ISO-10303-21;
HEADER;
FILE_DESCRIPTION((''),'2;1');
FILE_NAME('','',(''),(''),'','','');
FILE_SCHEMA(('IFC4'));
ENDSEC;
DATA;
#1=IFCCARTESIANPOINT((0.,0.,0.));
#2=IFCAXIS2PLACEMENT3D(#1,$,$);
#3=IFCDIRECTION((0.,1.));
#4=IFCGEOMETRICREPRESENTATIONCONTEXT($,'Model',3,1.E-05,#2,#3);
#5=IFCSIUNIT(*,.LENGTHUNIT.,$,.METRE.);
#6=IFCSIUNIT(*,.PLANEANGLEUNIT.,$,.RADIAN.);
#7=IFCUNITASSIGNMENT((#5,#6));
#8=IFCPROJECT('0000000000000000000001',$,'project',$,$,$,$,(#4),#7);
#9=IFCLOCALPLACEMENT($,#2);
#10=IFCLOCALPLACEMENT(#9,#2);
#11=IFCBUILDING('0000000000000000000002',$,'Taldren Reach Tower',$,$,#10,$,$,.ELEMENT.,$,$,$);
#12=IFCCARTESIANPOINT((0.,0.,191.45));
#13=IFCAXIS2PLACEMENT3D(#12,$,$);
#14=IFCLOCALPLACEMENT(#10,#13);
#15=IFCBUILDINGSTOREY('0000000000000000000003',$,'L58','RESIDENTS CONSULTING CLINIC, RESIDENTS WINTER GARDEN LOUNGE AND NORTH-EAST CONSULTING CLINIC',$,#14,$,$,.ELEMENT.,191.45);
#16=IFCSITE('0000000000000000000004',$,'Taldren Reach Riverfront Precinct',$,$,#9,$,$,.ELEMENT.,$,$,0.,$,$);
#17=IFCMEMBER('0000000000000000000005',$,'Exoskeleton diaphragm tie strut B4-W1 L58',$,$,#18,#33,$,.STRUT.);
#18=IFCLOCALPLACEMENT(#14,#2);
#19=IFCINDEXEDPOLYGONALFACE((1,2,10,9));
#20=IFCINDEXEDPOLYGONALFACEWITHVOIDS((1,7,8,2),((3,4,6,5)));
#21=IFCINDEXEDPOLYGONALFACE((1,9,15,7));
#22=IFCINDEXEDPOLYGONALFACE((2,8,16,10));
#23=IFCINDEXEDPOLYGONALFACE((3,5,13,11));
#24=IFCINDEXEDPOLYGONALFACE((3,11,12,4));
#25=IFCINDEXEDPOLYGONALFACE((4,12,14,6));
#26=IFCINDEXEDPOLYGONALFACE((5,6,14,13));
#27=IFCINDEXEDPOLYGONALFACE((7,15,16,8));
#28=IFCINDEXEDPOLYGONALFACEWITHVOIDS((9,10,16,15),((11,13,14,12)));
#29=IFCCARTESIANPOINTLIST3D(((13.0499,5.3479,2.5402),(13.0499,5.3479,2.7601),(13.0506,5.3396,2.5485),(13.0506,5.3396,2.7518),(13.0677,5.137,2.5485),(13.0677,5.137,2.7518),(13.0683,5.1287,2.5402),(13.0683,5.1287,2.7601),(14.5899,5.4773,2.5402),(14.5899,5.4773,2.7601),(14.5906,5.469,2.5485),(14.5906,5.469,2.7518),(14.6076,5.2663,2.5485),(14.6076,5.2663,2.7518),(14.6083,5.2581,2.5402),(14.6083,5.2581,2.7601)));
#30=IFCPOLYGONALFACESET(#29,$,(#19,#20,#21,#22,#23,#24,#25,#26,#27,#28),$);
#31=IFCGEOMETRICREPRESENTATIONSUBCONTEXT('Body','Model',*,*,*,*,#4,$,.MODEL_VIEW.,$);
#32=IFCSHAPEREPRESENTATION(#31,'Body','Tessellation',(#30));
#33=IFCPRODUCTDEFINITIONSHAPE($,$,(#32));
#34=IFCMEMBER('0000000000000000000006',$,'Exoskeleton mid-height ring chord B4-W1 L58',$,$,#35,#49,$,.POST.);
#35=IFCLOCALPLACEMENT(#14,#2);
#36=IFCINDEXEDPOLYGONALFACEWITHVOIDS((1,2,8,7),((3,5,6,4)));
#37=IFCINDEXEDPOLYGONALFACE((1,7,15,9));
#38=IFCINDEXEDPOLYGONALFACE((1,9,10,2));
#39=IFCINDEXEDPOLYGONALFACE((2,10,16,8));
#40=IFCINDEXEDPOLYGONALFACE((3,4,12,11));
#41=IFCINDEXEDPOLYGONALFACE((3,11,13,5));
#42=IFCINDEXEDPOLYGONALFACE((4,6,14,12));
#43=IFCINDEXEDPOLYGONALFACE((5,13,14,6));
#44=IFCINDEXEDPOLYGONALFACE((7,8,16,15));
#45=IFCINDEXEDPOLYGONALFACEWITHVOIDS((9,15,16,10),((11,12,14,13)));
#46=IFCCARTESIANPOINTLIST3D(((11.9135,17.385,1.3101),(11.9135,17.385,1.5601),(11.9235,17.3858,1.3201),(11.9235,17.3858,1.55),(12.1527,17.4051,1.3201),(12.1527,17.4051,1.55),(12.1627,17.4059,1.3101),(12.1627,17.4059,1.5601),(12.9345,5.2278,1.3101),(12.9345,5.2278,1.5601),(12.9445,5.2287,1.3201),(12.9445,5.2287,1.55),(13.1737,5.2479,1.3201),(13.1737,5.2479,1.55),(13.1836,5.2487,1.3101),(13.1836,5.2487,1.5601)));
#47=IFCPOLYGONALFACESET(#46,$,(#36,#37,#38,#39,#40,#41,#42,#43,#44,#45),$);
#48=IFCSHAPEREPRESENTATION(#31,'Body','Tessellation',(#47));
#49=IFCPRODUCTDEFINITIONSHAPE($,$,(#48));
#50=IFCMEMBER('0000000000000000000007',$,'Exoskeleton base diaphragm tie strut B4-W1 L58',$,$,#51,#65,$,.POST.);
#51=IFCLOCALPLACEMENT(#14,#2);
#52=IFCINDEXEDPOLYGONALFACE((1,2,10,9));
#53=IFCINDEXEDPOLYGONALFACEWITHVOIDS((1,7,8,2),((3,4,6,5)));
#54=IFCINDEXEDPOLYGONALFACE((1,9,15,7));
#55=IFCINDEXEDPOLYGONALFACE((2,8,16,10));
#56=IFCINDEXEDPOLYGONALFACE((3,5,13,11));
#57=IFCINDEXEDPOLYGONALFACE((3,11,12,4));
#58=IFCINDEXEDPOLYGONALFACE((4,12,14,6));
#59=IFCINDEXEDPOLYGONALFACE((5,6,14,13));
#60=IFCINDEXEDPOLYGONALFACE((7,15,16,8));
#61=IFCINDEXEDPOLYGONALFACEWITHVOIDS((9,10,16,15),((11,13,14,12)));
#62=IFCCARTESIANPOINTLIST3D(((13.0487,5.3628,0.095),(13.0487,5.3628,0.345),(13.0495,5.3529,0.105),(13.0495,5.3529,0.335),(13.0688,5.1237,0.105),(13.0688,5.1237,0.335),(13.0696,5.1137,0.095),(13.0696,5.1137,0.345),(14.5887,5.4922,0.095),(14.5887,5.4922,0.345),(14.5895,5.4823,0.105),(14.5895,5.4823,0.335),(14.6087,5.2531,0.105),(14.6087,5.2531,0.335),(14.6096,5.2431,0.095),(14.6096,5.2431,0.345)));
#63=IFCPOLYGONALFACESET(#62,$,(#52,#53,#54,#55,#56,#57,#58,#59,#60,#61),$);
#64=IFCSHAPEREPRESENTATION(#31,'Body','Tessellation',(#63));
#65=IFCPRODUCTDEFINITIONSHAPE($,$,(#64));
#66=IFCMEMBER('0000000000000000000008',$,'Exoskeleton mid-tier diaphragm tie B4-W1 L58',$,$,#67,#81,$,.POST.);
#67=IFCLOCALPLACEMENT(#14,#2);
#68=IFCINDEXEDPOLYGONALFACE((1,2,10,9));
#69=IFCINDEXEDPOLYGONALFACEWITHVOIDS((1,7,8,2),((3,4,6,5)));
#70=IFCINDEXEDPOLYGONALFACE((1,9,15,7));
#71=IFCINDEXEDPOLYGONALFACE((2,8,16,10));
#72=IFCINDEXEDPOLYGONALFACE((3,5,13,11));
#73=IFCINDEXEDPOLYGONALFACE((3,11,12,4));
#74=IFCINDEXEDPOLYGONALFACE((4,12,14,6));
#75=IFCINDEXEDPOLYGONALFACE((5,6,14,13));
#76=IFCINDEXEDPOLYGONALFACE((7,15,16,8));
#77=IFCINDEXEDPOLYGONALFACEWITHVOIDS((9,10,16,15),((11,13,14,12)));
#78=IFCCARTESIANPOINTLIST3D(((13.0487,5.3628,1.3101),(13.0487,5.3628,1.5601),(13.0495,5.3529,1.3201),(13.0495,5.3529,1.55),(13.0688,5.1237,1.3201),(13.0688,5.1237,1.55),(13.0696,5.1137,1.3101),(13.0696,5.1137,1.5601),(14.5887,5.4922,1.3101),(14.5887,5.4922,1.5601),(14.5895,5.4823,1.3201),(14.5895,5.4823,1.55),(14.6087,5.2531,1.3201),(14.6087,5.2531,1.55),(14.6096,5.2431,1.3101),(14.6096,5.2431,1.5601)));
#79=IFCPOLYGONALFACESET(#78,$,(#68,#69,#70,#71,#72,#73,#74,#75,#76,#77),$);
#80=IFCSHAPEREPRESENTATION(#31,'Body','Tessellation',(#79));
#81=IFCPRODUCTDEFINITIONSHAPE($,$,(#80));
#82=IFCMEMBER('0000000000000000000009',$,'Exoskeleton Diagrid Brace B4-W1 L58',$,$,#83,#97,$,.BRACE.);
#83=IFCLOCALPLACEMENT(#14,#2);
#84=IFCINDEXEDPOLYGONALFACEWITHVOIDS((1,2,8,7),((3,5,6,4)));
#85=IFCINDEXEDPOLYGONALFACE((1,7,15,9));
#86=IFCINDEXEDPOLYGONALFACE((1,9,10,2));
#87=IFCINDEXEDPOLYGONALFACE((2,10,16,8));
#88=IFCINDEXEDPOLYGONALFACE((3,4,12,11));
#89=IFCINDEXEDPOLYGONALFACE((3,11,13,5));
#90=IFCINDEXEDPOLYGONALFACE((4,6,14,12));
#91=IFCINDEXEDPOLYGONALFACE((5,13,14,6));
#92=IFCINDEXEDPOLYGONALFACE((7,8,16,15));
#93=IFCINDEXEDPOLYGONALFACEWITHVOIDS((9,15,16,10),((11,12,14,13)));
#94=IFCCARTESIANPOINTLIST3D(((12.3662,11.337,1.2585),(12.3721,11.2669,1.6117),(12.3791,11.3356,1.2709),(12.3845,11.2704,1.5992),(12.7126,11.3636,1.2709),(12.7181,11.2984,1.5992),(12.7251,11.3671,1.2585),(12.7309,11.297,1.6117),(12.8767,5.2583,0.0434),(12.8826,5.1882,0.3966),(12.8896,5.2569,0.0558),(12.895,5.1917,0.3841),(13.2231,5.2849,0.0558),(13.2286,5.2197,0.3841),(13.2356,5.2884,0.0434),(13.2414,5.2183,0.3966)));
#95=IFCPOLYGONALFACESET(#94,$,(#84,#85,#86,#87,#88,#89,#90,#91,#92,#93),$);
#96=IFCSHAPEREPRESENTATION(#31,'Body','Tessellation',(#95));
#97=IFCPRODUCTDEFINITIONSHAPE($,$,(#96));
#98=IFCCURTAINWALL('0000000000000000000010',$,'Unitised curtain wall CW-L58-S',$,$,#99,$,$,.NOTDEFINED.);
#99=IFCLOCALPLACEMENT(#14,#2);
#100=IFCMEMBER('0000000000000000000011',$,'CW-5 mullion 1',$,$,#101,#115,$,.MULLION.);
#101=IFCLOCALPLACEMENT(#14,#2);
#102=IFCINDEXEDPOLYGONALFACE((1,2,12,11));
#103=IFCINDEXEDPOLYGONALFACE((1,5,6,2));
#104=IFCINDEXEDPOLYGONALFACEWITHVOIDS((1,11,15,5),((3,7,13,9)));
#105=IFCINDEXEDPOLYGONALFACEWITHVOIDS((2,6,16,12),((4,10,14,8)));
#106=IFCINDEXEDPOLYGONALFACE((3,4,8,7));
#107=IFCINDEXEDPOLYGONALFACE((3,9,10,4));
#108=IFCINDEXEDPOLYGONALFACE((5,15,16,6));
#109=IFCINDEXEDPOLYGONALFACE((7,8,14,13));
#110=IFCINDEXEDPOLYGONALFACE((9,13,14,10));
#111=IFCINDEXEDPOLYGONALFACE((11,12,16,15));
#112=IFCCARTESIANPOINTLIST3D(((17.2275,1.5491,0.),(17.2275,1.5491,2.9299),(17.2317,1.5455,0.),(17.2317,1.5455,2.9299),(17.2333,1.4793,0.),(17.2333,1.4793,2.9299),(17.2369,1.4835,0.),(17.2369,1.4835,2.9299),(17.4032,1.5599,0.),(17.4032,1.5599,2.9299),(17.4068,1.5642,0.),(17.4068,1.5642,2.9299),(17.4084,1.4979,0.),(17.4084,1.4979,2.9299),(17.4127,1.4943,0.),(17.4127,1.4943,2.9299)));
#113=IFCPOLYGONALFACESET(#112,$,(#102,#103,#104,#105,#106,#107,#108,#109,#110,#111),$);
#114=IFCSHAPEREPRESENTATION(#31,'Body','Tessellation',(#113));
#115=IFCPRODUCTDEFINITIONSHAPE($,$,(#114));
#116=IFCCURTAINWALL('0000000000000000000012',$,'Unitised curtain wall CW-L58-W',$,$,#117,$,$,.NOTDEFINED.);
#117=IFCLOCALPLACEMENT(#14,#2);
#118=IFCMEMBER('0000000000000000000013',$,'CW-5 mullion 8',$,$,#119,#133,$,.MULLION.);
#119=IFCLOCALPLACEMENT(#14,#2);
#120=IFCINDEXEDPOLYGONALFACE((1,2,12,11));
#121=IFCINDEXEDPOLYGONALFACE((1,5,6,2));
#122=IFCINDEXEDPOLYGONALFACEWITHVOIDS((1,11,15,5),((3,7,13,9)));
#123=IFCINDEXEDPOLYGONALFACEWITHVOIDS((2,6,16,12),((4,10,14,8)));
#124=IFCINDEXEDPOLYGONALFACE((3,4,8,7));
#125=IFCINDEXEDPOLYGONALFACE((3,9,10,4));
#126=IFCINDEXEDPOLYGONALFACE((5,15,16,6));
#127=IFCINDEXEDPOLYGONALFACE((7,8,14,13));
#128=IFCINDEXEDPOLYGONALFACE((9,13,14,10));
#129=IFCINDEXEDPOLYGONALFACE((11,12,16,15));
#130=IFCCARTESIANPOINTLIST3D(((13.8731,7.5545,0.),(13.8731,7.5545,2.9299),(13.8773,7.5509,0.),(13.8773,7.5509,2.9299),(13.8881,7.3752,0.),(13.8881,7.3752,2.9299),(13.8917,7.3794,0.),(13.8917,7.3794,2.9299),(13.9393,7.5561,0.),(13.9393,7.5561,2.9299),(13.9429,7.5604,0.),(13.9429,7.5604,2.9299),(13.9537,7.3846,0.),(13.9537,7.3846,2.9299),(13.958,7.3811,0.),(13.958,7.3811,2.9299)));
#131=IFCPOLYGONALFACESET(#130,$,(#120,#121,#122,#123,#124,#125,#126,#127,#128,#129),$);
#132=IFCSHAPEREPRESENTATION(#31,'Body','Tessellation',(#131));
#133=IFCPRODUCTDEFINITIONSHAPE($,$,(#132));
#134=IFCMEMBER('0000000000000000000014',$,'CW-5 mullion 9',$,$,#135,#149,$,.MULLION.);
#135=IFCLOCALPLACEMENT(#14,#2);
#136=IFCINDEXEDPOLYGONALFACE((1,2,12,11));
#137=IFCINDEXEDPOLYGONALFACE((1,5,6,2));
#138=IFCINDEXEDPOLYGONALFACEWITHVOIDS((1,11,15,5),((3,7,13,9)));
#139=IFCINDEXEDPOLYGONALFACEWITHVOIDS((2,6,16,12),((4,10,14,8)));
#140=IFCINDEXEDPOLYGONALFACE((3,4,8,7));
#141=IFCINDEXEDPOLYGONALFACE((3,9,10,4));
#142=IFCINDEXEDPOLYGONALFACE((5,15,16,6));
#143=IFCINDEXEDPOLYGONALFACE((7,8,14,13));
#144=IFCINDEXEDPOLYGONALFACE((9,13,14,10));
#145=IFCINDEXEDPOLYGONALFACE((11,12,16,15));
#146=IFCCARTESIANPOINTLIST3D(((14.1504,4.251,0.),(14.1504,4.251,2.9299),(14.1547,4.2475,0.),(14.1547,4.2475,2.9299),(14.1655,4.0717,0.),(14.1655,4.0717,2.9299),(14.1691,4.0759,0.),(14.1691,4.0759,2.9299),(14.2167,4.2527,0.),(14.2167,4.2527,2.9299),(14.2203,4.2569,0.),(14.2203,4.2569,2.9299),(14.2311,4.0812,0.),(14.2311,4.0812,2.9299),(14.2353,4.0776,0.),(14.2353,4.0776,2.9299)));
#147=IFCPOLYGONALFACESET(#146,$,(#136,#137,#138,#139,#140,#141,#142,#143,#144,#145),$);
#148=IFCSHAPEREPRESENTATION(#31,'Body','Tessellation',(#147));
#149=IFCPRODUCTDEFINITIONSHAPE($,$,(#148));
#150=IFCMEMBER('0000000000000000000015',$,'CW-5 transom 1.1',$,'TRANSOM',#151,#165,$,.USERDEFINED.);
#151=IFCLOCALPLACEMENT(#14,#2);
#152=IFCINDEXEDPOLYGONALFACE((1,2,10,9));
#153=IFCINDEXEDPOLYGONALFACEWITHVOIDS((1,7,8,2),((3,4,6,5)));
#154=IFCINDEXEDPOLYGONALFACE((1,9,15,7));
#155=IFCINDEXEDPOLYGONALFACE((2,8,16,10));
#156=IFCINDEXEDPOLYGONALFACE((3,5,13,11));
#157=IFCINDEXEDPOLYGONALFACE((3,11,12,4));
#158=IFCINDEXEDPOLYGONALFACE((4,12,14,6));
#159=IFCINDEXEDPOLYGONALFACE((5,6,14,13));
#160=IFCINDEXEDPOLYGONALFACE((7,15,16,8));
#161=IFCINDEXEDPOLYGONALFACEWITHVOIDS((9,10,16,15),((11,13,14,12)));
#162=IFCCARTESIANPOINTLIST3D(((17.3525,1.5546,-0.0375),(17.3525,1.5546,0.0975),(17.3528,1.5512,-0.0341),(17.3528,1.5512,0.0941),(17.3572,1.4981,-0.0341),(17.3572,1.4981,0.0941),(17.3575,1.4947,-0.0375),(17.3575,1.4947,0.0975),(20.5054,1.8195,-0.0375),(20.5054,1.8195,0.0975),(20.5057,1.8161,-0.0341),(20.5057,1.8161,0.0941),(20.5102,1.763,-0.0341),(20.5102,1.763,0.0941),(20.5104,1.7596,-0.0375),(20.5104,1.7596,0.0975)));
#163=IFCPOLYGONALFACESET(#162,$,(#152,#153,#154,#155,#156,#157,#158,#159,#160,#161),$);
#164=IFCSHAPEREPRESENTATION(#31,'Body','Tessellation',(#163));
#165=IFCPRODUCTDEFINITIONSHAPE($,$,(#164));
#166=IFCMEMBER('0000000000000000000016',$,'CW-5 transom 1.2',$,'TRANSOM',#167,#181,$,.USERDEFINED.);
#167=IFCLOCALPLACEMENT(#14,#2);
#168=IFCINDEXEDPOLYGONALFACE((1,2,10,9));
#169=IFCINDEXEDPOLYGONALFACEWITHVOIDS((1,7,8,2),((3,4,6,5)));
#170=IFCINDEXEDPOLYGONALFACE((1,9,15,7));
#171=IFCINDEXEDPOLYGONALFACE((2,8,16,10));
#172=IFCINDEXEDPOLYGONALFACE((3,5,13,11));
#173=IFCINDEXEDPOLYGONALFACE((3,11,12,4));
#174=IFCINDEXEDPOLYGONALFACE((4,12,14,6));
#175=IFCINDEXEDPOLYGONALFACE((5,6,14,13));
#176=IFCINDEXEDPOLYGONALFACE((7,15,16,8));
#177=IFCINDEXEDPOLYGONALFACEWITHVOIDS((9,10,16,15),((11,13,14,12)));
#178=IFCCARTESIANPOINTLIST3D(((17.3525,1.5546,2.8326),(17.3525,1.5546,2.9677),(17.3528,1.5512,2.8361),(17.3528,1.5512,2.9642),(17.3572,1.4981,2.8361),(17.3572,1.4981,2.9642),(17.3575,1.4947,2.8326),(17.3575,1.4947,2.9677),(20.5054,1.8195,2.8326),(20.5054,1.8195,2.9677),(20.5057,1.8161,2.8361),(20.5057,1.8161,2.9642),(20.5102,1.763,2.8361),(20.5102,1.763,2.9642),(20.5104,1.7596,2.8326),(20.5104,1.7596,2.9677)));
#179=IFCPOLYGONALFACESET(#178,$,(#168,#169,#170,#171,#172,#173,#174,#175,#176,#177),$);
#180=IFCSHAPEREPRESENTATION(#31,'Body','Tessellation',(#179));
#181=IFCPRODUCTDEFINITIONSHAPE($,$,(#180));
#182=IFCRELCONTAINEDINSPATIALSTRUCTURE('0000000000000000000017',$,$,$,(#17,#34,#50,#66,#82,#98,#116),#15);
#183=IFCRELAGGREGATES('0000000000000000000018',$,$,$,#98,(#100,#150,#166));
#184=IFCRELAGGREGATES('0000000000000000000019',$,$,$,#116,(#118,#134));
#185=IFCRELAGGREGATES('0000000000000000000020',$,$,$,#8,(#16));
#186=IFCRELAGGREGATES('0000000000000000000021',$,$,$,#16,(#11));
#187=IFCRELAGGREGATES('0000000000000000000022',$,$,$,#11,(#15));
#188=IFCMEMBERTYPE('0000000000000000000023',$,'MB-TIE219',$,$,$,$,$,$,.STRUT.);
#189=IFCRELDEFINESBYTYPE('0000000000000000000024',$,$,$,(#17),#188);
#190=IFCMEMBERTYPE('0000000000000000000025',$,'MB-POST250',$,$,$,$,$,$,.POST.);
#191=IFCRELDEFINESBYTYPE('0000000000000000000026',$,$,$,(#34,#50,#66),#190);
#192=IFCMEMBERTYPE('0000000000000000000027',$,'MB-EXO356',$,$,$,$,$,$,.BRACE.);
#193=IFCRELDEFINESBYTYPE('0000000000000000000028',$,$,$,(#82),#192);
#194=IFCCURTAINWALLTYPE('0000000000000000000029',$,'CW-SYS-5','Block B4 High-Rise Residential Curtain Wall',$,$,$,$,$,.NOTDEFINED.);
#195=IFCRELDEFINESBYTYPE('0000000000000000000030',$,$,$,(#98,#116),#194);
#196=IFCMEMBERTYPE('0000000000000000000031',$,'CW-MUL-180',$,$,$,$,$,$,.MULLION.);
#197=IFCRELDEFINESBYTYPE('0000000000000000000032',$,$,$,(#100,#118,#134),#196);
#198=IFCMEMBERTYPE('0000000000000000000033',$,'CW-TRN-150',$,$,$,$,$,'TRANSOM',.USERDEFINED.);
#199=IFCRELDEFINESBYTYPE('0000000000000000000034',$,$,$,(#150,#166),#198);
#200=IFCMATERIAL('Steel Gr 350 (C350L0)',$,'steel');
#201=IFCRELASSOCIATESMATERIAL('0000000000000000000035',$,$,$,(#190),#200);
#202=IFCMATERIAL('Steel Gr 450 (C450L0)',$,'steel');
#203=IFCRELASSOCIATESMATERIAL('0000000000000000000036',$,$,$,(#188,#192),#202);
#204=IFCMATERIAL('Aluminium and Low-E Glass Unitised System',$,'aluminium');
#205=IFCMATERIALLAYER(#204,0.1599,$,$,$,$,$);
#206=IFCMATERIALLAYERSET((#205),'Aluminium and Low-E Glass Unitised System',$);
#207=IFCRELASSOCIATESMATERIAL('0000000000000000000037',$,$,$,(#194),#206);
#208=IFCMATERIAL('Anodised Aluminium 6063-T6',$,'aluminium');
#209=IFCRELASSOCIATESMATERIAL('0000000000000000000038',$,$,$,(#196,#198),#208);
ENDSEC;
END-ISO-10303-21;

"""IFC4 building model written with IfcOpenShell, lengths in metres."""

from ifc_helpers import new_model, si_unit, direction, frame, origin, origin_2d, place, context, subcontext, project, spatial, hollow_rectangle, extrude, source, transform, mapped, material, layer, layer_set, material_profile, profile_set, type_object, element, aggregate, save


model = new_model("IFC4")

# Units and contexts
model_context = context("Model", 3, precision=1e-05, world=origin(), true_north=direction((0.0, 1.0)))
body_context = subcontext(model_context, "Body", "Model", "MODEL_VIEW")
ifc_project = project(units=[si_unit("LENGTHUNIT", "METRE"), si_unit("PLANEANGLEUNIT", "RADIAN")], contexts=[model_context])

# Site, building, storey
site_placement = place(None, origin())
site = spatial("IfcSite", under=ifc_project, at=site_placement, Name="Taldren Reach Riverfront Precinct", CompositionType="ELEMENT", RefElevation=0.0)
building_placement = place(site_placement, origin())
building = spatial("IfcBuilding", under=site, at=building_placement, Name="Taldren Reach Tower", CompositionType="ELEMENT")
storey_placement = place(building_placement, frame((0.0, 0.0, 191.45)))
storey = spatial("IfcBuildingStorey", under=building, at=storey_placement, Name="L58", Description="RESIDENTS CONSULTING CLINIC, RESIDENTS WINTER GARDEN LOUNGE AND NORTH-EAST CONSULTING CLINIC", CompositionType="ELEMENT", Elevation=191.45)

# Shared definitions
ifc_material_1 = material(Name="Steel Gr 350 (C350L0)", Category="steel")

# Shared definitions
ifc_material_profile_1 = material_profile(ifc_material_1, hollow_rectangle(XDim=0.25, YDim=0.25, WallThickness=0.01, at=origin_2d()), Name="250x250x10.0SHS")
ifc_profile_set_1 = profile_set([ifc_material_profile_1], Name="Steel Gr 350 (C350L0)")
member_type_1 = type_object("IfcMemberType", Name="MB-POST250", PredefinedType="POST", material=ifc_profile_set_1)

# Members
ifc_material_2 = material(Name="Steel Gr 450 (C450L0)", Category="steel")
ifc_material_profile_2 = material_profile(ifc_material_2, hollow_rectangle(XDim=0.22, YDim=0.22, WallThickness=0.0083, at=origin_2d()), Name="220x220x8.2SHS")
ifc_profile_set_2 = profile_set([ifc_material_profile_2], Name="Steel Gr 450 (C450L0)")
member_type_2 = type_object("IfcMemberType", Name="MB-TIE219", PredefinedType="STRUT", material=ifc_profile_set_2)
shared_shape_1 = source(origin(), body_context, "Body", "SweptSolid", [
    extrude(hollow_rectangle(XDim=0.22, YDim=0.22, WallThickness=0.0083, at=origin_2d()), origin(), (0.0, 0.0, 1.0), 1.5454),
])
member_1_placement = place(storey_placement, frame((14.5991, 5.3677, 2.6501), z_axis=(-0.996489, -0.083725, 0.0), x_axis=(0.083725, -0.996489, 0.0)))
element("IfcMember", 1, at=member_1_placement, inside=storey, type_object=member_type_2, Name="Exoskeleton diaphragm tie strut B4-W1 L58", PredefinedType="STRUT", context=body_context, shape_type="MappedRepresentation", body=[
    mapped(shared_shape_1, transform((0.0, 0.0, 0.0), scale=1.0)),
])
shared_shape_2 = source(origin(), body_context, "Body", "SweptSolid", [
    extrude(hollow_rectangle(XDim=0.25, YDim=0.25, WallThickness=0.01, at=origin_2d()), origin(), (0.0, 0.0, 1.0), 12.2),
])
member_2_placement = place(storey_placement, frame((13.0591, 5.2383, 1.4351), z_axis=(-0.083688, 0.996492, 0.0), x_axis=(-0.996492, -0.083688, 0.0)))
element("IfcMember", 2, at=member_2_placement, inside=storey, type_object=member_type_1, Name="Exoskeleton mid-height ring chord B4-W1 L58", PredefinedType="POST", context=body_context, shape_type="MappedRepresentation", body=[
    mapped(shared_shape_2, transform((0.0, 0.0, 0.0), scale=1.0)),
])
shared_shape_3 = source(origin(), body_context, "Body", "SweptSolid", [
    extrude(hollow_rectangle(XDim=0.25, YDim=0.25, WallThickness=0.01, at=origin_2d()), origin(), (0.0, 0.0, 1.0), 1.5454),
])
for number, where, z_axis, x_axis, name in (
    (3, (14.5991, 5.3677, 0.22), (-0.996489, -0.083725, 0.0), (0.083725, -0.996489, 0.0), "Exoskeleton base diaphragm tie strut B4-W1 L58"),
    (4, (14.5991, 5.3677, 1.4351), (-0.996489, -0.083725, 0.0), (0.083725, -0.996489, 0.0), "Exoskeleton mid-tier diaphragm tie B4-W1 L58"),
):
    element("IfcMember", number, at=place(storey_placement, frame(where, z_axis=z_axis, x_axis=x_axis)), inside=storey, type_object=member_type_1, Name=name, PredefinedType="POST", context=body_context, shape_type="MappedRepresentation", body=[
        mapped(shared_shape_3, transform((0.0, 0.0, 0.0), scale=1.0)),
    ])
ifc_material_profile_3 = material_profile(ifc_material_2, hollow_rectangle(XDim=0.3601, YDim=0.3601, WallThickness=0.0127, at=origin_2d()), Name="360x360x12.7SHS")
ifc_profile_set_3 = profile_set([ifc_material_profile_3], Name="Steel Gr 450 (C450L0)")
member_type_3 = type_object("IfcMemberType", Name="MB-EXO356", PredefinedType="BRACE", material=ifc_profile_set_3)
shared_shape_4 = source(origin(), body_context, "Body", "SweptSolid", [
    extrude(hollow_rectangle(XDim=0.3601, YDim=0.3601, WallThickness=0.0127, at=origin_2d()), origin(), (0.0, 0.0, 1.0), 6.22),
])
member_3_placement = place(storey_placement, frame((13.0591, 5.2383, 0.22), z_axis=(-0.082076, 0.977292, 0.195356), x_axis=(-0.996492, -0.083688, 0.0)))
element("IfcMember", 5, at=member_3_placement, inside=storey, type_object=member_type_3, Name="Exoskeleton Diagrid Brace B4-W1 L58", PredefinedType="BRACE", context=body_context, shape_type="MappedRepresentation", body=[
    mapped(shared_shape_4, transform((0.0, 0.0, 0.0), scale=1.0)),
])

# Curtain wall, member
ifc_material_3 = material(Name="Aluminium and Low-E Glass Unitised System", Category="aluminium")
ifc_layer_1 = layer(ifc_material_3, 0.1599)
ifc_layer_set_1 = layer_set([ifc_layer_1], Name="Aluminium and Low-E Glass Unitised System")
curtain_wall_type = type_object("IfcCurtainWallType", Name="CW-SYS-5", Description="Block B4 High-Rise Residential Curtain Wall", PredefinedType="NOTDEFINED", material=ifc_layer_set_1)
curtain_wall_1_placement = place(storey_placement, origin())
curtain_wall_1 = element("IfcCurtainWall", 6, at=curtain_wall_1_placement, inside=storey, type_object=curtain_wall_type, Name="Unitised curtain wall CW-L58-S", PredefinedType="NOTDEFINED")
ifc_material_4 = material(Name="Anodised Aluminium 6063-T6", Category="aluminium")
ifc_material_profile_4 = material_profile(ifc_material_4, hollow_rectangle(XDim=0.0701, YDim=0.1799, WallThickness=0.0039, at=origin_2d()), Name="ALU-180x70x4RHS")
ifc_profile_set_4 = profile_set([ifc_material_profile_4], Name="Anodised Aluminium 6063-T6")
member_type_4 = type_object("IfcMemberType", Name="CW-MUL-180", PredefinedType="MULLION", material=ifc_profile_set_4)
shared_shape_5 = source(origin(), body_context, "Body", "SweptSolid", [
    extrude(hollow_rectangle(XDim=0.0701, YDim=0.1799, WallThickness=0.0039, at=origin_2d()), origin(), (0.0, 0.0, 1.0), 2.9299),
])
member_4_placement = place(storey_placement, frame((17.3201, 1.5217, 0.0), z_axis=(0.0, 0.0, 1.0), x_axis=(-0.083678, 0.996493, 0.0)))
member_4 = element("IfcMember", 7, at=member_4_placement, type_object=member_type_4, Name="CW-5 mullion 1", PredefinedType="MULLION", context=body_context, shape_type="MappedRepresentation", body=[
    mapped(shared_shape_5, transform((0.0, 0.0, 0.0), scale=1.0)),
])

# Curtain wall, members
curtain_wall_2_placement = place(storey_placement, origin())
curtain_wall_2 = element("IfcCurtainWall", 8, at=curtain_wall_2_placement, inside=storey, type_object=curtain_wall_type, Name="Unitised curtain wall CW-L58-W", PredefinedType="NOTDEFINED")
member_5_placement = place(storey_placement, frame((13.9155, 7.4678, 0.0), z_axis=(0.0, 0.0, 1.0), x_axis=(0.996493, 0.083678, 0.0)))
member_5 = element("IfcMember", 9, at=member_5_placement, type_object=member_type_4, Name="CW-5 mullion 8", PredefinedType="MULLION", context=body_context, shape_type="MappedRepresentation", body=[
    mapped(shared_shape_5, transform((0.0, 0.0, 0.0), scale=1.0)),
])
member_6_placement = place(storey_placement, frame((14.1929, 4.1643, 0.0), z_axis=(0.0, 0.0, 1.0), x_axis=(0.996493, 0.083678, 0.0)))
member_6 = element("IfcMember", 10, at=member_6_placement, type_object=member_type_4, Name="CW-5 mullion 9", PredefinedType="MULLION", context=body_context, shape_type="MappedRepresentation", body=[
    mapped(shared_shape_5, transform((0.0, 0.0, 0.0), scale=1.0)),
])

# Members
ifc_material_profile_5 = material_profile(ifc_material_4, hollow_rectangle(XDim=0.0601, YDim=0.135, WallThickness=0.0034, at=origin_2d()), Name="ALU-135x60x3.5RHS")
ifc_profile_set_5 = profile_set([ifc_material_profile_5], Name="Anodised Aluminium 6063-T6")
member_type_5 = type_object("IfcMemberType", Name="CW-TRN-150", ElementType="TRANSOM", PredefinedType="USERDEFINED", material=ifc_profile_set_5)
shared_shape_6 = source(origin(), body_context, "Body", "SweptSolid", [
    extrude(hollow_rectangle(XDim=0.0601, YDim=0.135, WallThickness=0.0034, at=origin_2d()), origin(), (0.0, 0.0, 1.0), 3.1641),
])
member_7_placement = place(storey_placement, frame((17.355, 1.5247, 0.03), z_axis=(0.99649, 0.083716, 0.0), x_axis=(-0.083716, 0.99649, 0.0)))
member_7 = element("IfcMember", 11, at=member_7_placement, type_object=member_type_5, Name="CW-5 transom 1.1", ObjectType="TRANSOM", PredefinedType="USERDEFINED", context=body_context, shape_type="MappedRepresentation", body=[
    mapped(shared_shape_6, transform((0.0, 0.0, 0.0), scale=1.0)),
])
member_8_placement = place(storey_placement, frame((17.355, 1.5247, 2.9001), z_axis=(0.99649, 0.083716, 0.0), x_axis=(-0.083716, 0.99649, 0.0)))
member_8 = element("IfcMember", 12, at=member_8_placement, type_object=member_type_5, Name="CW-5 transom 1.2", ObjectType="TRANSOM", PredefinedType="USERDEFINED", context=body_context, shape_type="MappedRepresentation", body=[
    mapped(shared_shape_6, transform((0.0, 0.0, 0.0), scale=1.0)),
])
aggregate(curtain_wall_1, [member_4, member_7, member_8])

aggregate(curtain_wall_2, [member_5, member_6])

save(model, "model.ifc")
